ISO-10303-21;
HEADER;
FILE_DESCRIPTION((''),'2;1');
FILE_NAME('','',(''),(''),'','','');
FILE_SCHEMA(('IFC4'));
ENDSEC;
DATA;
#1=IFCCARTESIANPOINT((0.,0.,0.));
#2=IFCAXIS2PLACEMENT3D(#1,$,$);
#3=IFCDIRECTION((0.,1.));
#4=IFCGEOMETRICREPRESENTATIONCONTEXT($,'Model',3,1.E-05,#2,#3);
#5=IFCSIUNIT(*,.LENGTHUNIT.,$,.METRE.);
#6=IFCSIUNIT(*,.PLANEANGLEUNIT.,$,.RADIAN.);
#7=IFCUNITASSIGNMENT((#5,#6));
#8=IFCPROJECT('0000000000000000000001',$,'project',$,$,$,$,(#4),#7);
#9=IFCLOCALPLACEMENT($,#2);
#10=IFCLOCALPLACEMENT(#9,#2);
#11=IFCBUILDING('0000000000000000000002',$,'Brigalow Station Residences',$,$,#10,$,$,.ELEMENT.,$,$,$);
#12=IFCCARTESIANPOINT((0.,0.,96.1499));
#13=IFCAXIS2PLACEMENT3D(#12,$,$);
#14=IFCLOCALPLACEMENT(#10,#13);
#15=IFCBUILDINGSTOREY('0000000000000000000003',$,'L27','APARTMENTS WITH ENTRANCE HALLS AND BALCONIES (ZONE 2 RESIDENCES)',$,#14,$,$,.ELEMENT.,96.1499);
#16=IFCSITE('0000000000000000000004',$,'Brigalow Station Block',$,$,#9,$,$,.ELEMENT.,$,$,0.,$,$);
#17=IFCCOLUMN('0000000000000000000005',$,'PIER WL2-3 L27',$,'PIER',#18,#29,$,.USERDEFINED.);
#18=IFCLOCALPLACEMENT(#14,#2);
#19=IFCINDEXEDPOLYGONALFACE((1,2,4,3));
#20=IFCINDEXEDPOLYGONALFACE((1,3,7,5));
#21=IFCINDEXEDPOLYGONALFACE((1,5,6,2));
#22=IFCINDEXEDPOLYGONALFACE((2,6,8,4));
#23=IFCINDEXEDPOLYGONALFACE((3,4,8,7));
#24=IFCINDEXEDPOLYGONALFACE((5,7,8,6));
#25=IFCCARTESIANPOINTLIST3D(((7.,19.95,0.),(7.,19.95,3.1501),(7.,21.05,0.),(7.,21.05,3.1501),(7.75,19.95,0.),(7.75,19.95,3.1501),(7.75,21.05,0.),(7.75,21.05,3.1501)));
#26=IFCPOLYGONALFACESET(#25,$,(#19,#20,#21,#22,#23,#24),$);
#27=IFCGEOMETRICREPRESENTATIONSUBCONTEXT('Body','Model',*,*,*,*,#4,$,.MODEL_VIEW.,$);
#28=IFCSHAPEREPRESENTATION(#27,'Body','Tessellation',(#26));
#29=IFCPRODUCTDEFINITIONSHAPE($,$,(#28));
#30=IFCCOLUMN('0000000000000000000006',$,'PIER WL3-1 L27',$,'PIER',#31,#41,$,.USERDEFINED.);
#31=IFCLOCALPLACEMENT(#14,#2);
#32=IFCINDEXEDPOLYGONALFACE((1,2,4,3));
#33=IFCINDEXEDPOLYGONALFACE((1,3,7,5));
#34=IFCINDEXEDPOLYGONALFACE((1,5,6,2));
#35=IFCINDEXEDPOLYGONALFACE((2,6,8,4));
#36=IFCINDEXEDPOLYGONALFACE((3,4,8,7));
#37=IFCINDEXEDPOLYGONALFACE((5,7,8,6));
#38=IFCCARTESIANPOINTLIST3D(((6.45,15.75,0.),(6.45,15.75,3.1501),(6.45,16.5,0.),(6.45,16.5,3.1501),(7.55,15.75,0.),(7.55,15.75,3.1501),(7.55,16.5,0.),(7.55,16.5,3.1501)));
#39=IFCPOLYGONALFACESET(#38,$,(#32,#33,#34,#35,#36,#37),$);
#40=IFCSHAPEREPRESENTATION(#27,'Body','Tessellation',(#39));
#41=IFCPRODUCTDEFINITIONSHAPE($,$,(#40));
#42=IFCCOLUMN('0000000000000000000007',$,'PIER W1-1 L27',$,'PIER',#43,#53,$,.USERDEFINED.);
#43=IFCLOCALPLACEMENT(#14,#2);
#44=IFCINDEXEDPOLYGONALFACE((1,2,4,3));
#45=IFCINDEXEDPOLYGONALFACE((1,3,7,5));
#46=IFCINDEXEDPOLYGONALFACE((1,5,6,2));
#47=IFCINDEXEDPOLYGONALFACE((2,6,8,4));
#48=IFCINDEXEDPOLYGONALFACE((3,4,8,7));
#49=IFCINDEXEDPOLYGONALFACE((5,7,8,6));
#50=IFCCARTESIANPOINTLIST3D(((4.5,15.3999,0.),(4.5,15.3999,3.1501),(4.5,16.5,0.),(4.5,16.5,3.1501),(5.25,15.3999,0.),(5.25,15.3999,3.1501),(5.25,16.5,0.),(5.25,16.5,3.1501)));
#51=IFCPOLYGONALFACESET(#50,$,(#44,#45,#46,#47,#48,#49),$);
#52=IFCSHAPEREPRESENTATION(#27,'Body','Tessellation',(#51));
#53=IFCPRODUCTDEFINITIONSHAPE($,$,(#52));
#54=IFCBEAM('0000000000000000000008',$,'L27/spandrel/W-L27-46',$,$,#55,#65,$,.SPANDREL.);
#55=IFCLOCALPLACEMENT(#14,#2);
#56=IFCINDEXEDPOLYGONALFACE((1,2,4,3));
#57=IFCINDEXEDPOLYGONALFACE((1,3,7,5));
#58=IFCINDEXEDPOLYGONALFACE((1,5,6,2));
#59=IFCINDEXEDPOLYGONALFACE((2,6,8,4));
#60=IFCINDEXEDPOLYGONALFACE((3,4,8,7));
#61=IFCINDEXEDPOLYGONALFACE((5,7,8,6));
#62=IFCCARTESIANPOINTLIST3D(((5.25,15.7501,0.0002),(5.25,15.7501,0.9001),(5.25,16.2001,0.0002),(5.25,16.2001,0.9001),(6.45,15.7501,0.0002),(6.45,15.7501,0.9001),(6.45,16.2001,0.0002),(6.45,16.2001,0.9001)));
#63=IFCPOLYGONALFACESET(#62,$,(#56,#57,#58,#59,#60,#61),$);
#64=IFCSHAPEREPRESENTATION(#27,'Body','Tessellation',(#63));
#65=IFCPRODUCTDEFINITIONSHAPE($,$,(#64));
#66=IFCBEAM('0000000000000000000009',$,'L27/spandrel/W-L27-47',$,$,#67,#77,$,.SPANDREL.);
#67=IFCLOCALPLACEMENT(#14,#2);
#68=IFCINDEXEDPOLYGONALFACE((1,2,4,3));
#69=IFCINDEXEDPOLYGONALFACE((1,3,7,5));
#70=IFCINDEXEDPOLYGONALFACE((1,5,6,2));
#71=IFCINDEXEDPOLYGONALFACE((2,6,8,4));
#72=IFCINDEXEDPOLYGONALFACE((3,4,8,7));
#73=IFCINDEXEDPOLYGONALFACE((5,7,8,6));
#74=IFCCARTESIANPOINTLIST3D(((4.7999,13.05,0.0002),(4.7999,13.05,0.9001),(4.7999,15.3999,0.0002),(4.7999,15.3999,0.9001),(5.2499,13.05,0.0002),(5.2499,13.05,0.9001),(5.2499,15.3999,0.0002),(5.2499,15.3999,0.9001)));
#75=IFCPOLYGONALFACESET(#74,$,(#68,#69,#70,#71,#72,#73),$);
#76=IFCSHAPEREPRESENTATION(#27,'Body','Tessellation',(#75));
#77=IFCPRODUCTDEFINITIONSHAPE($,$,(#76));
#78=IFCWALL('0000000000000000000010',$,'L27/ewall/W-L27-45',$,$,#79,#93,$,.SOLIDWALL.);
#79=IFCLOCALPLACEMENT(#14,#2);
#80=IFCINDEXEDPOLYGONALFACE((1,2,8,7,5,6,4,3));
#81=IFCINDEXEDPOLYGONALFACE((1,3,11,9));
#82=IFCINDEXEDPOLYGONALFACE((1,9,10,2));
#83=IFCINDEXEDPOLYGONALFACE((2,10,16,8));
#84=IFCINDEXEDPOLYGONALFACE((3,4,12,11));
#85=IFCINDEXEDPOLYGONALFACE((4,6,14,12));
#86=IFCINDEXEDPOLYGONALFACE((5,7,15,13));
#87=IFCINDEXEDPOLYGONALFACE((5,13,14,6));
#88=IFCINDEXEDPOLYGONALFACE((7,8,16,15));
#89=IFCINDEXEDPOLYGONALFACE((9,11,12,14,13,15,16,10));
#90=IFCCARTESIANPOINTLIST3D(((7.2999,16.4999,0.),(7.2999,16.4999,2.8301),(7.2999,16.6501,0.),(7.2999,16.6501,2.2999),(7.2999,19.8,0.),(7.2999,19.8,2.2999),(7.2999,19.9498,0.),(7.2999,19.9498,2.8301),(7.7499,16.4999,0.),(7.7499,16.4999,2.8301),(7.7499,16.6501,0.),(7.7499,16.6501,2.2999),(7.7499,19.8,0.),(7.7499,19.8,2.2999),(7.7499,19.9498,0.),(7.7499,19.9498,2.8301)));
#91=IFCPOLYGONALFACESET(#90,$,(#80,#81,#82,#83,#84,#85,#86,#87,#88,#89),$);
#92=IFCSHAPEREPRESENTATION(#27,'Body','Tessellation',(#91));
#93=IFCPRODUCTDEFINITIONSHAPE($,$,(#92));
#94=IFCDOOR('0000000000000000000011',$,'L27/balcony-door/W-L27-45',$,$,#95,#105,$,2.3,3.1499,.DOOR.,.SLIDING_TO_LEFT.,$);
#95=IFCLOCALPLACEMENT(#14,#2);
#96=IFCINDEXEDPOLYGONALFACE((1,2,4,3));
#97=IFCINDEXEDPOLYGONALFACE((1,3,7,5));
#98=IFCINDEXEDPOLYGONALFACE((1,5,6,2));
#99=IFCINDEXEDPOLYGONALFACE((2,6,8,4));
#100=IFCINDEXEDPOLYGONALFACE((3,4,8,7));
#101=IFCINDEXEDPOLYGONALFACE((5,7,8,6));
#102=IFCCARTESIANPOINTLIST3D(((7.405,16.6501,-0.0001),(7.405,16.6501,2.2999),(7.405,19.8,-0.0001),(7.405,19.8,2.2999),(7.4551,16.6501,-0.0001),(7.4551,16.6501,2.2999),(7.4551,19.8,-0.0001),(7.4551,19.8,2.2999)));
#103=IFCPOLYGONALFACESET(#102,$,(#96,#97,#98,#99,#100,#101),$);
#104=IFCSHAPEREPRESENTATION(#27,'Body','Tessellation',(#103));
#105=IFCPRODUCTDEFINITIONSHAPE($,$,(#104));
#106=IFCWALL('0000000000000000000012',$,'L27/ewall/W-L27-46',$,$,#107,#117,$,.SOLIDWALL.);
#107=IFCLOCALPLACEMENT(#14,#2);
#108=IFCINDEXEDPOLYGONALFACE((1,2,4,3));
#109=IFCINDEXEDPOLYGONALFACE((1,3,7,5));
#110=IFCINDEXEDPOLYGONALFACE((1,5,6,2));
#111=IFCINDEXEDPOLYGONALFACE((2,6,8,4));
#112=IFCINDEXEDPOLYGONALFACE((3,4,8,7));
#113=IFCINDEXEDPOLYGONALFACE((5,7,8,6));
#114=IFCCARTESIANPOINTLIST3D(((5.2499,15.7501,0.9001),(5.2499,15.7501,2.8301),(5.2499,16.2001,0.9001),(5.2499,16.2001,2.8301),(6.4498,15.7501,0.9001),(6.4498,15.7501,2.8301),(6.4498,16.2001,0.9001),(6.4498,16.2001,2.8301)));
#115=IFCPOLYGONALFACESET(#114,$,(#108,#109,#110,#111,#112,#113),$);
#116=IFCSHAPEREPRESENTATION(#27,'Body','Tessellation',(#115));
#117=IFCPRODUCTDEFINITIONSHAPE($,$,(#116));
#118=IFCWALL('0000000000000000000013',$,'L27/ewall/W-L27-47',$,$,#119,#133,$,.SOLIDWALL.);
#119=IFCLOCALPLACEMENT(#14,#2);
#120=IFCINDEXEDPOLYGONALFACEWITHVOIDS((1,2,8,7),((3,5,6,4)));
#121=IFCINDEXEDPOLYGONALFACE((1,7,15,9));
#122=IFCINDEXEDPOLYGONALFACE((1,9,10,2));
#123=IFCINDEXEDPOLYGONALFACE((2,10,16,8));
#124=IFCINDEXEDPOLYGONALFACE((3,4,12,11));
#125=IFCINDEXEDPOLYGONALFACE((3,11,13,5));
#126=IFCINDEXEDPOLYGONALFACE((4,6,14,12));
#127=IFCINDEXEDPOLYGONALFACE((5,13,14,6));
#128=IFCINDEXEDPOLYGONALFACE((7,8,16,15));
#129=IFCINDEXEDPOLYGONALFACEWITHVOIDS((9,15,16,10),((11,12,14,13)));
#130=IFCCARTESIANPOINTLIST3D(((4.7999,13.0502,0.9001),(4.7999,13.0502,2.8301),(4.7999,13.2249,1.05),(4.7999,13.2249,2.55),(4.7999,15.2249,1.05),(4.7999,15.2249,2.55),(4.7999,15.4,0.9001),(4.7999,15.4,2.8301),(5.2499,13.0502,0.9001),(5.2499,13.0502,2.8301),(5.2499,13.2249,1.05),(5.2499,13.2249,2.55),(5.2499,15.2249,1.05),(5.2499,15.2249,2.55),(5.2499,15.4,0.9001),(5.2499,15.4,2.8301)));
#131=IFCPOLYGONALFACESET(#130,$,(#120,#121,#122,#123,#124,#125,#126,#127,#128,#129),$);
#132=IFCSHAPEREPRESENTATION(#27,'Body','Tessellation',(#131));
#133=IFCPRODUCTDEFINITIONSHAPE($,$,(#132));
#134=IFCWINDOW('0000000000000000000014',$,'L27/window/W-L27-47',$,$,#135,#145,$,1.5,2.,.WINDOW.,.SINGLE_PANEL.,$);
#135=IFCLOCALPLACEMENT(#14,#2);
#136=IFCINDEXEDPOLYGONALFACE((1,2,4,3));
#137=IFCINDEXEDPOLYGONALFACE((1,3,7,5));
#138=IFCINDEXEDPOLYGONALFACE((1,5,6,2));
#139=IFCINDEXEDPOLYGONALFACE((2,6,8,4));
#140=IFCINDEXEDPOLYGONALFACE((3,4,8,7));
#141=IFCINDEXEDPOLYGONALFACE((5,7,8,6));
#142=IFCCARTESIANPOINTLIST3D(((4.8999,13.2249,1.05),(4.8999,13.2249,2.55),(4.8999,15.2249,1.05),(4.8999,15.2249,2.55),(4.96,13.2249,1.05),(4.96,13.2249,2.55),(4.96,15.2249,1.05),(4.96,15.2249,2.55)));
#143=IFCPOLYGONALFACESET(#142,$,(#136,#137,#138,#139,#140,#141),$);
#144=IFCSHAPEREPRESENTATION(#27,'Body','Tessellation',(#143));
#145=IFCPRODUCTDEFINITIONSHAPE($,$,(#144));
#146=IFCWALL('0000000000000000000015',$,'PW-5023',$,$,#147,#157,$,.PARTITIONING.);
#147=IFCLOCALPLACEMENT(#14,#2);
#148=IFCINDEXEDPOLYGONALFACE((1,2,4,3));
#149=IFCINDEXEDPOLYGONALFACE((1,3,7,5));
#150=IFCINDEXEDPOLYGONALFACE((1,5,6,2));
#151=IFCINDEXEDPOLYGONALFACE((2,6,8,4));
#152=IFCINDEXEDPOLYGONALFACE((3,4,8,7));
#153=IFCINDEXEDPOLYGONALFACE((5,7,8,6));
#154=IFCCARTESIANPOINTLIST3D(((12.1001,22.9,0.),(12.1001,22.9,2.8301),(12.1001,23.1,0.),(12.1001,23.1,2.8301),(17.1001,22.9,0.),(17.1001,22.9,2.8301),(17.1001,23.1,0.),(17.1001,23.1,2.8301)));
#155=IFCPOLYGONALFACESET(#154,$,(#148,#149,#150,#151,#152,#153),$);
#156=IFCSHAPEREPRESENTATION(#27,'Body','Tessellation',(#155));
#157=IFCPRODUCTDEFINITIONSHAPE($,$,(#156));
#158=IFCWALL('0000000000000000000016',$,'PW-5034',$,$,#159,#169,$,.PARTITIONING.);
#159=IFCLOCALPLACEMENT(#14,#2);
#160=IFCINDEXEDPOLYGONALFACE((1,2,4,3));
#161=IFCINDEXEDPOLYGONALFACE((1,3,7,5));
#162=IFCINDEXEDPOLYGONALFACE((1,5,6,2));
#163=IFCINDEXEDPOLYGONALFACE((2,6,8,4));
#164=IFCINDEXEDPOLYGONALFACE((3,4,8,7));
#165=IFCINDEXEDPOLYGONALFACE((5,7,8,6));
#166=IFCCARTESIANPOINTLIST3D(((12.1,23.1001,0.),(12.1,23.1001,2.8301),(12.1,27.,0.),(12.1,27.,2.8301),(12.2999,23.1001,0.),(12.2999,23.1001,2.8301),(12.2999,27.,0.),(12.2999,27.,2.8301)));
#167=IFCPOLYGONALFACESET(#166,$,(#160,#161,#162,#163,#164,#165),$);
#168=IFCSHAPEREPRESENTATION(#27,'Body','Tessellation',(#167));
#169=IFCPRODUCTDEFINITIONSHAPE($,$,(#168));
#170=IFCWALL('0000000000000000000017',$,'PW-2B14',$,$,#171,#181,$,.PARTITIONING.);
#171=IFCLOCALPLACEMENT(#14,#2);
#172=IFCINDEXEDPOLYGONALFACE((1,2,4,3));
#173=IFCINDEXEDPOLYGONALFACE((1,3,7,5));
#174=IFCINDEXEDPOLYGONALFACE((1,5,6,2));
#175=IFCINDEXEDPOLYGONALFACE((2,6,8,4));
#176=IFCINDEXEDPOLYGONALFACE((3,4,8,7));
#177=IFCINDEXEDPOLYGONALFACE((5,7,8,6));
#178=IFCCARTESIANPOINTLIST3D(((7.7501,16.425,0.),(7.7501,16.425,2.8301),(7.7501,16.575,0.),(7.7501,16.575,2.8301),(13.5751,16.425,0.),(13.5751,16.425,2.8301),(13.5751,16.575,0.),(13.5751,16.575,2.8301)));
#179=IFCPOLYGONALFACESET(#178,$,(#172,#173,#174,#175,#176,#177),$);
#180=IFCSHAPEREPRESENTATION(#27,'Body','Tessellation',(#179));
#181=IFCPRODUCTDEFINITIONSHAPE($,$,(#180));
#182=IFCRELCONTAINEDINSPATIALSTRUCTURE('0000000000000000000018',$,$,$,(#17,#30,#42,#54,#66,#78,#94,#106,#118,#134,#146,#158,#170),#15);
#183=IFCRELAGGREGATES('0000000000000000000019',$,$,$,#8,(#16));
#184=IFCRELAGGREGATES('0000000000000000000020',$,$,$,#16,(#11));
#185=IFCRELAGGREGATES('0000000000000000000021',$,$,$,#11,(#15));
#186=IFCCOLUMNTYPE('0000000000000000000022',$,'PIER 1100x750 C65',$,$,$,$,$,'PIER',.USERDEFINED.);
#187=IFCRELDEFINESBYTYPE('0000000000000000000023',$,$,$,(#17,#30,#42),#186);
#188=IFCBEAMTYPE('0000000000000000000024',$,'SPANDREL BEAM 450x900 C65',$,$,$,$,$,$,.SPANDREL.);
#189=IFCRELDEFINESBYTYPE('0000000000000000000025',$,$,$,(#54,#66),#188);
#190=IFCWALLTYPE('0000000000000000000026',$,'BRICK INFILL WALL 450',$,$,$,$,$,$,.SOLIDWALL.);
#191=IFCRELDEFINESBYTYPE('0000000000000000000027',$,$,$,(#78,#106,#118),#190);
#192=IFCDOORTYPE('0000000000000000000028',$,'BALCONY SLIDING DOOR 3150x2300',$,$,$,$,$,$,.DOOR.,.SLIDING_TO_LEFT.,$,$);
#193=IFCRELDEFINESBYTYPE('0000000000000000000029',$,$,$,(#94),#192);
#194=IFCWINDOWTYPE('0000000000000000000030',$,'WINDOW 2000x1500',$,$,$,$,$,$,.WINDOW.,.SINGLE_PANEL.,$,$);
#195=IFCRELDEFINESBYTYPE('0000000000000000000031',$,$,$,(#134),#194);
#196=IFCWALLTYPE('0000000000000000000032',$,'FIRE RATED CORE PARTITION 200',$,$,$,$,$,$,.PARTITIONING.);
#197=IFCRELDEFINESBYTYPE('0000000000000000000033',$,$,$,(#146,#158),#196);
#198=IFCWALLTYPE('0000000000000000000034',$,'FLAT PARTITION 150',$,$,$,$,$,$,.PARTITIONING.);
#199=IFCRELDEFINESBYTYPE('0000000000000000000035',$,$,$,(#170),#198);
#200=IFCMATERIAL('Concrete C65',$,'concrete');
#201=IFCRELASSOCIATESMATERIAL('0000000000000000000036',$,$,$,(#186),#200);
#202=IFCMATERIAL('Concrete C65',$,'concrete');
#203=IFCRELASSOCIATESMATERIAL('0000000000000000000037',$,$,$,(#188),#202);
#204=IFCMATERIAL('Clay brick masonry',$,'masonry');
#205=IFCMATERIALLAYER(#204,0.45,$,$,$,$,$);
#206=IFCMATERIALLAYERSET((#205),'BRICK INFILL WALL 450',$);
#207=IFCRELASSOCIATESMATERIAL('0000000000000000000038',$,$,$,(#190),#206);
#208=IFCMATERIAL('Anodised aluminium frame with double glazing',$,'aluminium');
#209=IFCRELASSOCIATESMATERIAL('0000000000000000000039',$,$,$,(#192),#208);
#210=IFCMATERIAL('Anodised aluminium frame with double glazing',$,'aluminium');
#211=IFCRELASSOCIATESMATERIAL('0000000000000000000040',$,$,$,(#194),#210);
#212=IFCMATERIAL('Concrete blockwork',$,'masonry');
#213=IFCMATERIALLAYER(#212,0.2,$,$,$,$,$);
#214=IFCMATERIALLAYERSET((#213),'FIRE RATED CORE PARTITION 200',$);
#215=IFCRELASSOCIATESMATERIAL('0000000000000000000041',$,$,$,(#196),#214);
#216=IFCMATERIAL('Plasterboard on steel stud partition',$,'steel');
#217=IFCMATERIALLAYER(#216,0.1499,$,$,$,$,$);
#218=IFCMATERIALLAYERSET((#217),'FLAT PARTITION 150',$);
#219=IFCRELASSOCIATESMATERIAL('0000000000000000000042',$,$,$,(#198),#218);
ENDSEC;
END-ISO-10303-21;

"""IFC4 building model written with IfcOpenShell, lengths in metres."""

from ifc_helpers import new_model, si_unit, direction, frame, frame_2d, origin, origin_2d, place, context, subcontext, project, spatial, rectangle, extrude, material, layer, layer_set, material_profile, profile_set, type_object, element, fill, save


model = new_model("IFC4")

# Units and contexts
model_context = context("Model", 3, precision=1e-05, world=origin(), true_north=direction((0.0, 1.0)))
body_context = subcontext(model_context, "Body", "Model", "MODEL_VIEW")
ifc_project = project(units=[si_unit("LENGTHUNIT", "METRE"), si_unit("PLANEANGLEUNIT", "RADIAN")], contexts=[model_context])

# Site, building, storey
site_placement = place(None, origin())
site = spatial("IfcSite", under=ifc_project, at=site_placement, Name="Brigalow Station Block", CompositionType="ELEMENT", RefElevation=0.0)
building_placement = place(site_placement, origin())
building = spatial("IfcBuilding", under=site, at=building_placement, Name="Brigalow Station Residences", CompositionType="ELEMENT")
storey_placement = place(building_placement, frame((0.0, 0.0, 96.1499)))
storey = spatial("IfcBuildingStorey", under=building, at=storey_placement, Name="L27", Description="APARTMENTS WITH ENTRANCE HALLS AND BALCONIES (ZONE 2 RESIDENCES)", CompositionType="ELEMENT", Elevation=96.1499)

# Columns
ifc_material_1 = material(Name="Concrete C65", Category="concrete")
ifc_material_profile_1 = material_profile(ifc_material_1, rectangle(XDim=1.1001, YDim=0.75, at=origin_2d()), Name="RC1100x750")
ifc_profile_set_1 = profile_set([ifc_material_profile_1], Name="Concrete C65")
column_type = type_object("IfcColumnType", Name="PIER 1100x750 C65", ElementType="PIER", PredefinedType="USERDEFINED", material=ifc_profile_set_1)
for number, where, z_axis, x_axis, name in (
    (1, (7.375, 20.5, 0.0), (0.0, 0.0, 1.0), (0.0, -1.0, 0.0), "PIER WL2-3 L27"),
    (2, (7.0, 16.125, 0.0), (0.0, 0.0, 1.0), (-1.0, 0.0, 0.0), "PIER WL3-1 L27"),
    (3, (4.875, 15.95, 0.0), (0.0, 0.0, 1.0), (0.0, -1.0, 0.0), "PIER W1-1 L27"),
):
    element("IfcColumn", number, at=place(storey_placement, frame(where, z_axis=z_axis, x_axis=x_axis)), inside=storey, type_object=column_type, Name=name, ObjectType="PIER", PredefinedType="USERDEFINED", context=body_context, shape_type="SweptSolid", body=[
        extrude(rectangle(XDim=1.1001, YDim=0.75, at=origin_2d()), origin(), (0.0, 0.0, 1.0), 3.1501),
    ])

# Beams
ifc_material_2 = material(Name="Concrete C65", Category="concrete")
ifc_material_profile_2 = material_profile(ifc_material_2, rectangle(XDim=0.45, YDim=0.8999, at=origin_2d()), Name="RC450x900")
ifc_profile_set_2 = profile_set([ifc_material_profile_2], Name="Concrete C65")
beam_type = type_object("IfcBeamType", Name="SPANDREL BEAM 450x900 C65", PredefinedType="SPANDREL", material=ifc_profile_set_2)
beam_1_placement = place(storey_placement, frame((6.45, 15.9751, 0.4502), z_axis=(-1.0, 0.0, 0.0), x_axis=(0.0, -1.0, 0.0)))
element("IfcBeam", 4, at=beam_1_placement, inside=storey, type_object=beam_type, Name="L27/spandrel/W-L27-46", PredefinedType="SPANDREL", context=body_context, shape_type="SweptSolid", body=[
    extrude(rectangle(XDim=0.45, YDim=0.8999, at=origin_2d()), origin(), (0.0, 0.0, 1.0), 1.2),
])
beam_2_placement = place(storey_placement, frame((5.0249, 15.3999, 0.4502), z_axis=(0.0, -1.0, 0.0), x_axis=(1.0, 0.0, 0.0)))
element("IfcBeam", 5, at=beam_2_placement, inside=storey, type_object=beam_type, Name="L27/spandrel/W-L27-47", PredefinedType="SPANDREL", context=body_context, shape_type="SweptSolid", body=[
    extrude(rectangle(XDim=0.45, YDim=0.8999, at=origin_2d()), origin(), (0.0, 0.0, 1.0), 2.3499),
])

# Wall, opening, door
ifc_material_3 = material(Name="Clay brick masonry", Category="masonry")
ifc_layer_1 = layer(ifc_material_3, 0.45)
ifc_layer_set_1 = layer_set([ifc_layer_1], Name="BRICK INFILL WALL 450")
wall_type_1 = type_object("IfcWallType", Name="BRICK INFILL WALL 450", PredefinedType="SOLIDWALL", material=ifc_layer_set_1)
wall_1_placement = place(storey_placement, frame((7.5249, 19.95, 0.0), z_axis=(0.0, 0.0, 1.0), x_axis=(0.0, -1.0, 0.0)))
wall_1 = element("IfcWall", 6, at=wall_1_placement, inside=storey, type_object=wall_type_1, Name="L27/ewall/W-L27-45", PredefinedType="SOLIDWALL", context=body_context, shape_type="SweptSolid", body=[
    extrude(rectangle(XDim=3.45, YDim=0.45, at=frame_2d((1.7251, 0.0))), origin(), (0.0, 0.0, 1.0), 2.8301),
])
opening_1_placement = place(wall_1_placement, frame((0.1499, 0.0, 0.0)))
opening_1 = element("IfcOpeningElement", 7, at=opening_1_placement, cuts=wall_1, PredefinedType="OPENING", context=body_context, shape_type="SweptSolid", body=[
    extrude(rectangle(XDim=3.1499, YDim=2.3, at=frame_2d((1.575, 1.1499))), frame((0.0, 0.2349, 0.0), z_axis=(0.0, -1.0, 0.0), x_axis=(1.0, 0.0, 0.0)), (0.0, 0.0, 1.0), 0.47),
])
ifc_material_4 = material(Name="Anodised aluminium frame with double glazing", Category="aluminium")
door_type_1 = type_object("IfcDoorType", Name="BALCONY SLIDING DOOR 3150x2300", OperationType="SLIDING_TO_LEFT", PredefinedType="DOOR", material=ifc_material_4)
door_1_placement = place(opening_1_placement, origin())
door_1 = element("IfcDoor", 8, at=door_1_placement, inside=storey, type_object=door_type_1, Name="L27/balcony-door/W-L27-45", OperationType="SLIDING_TO_LEFT", OverallHeight=2.3, OverallWidth=3.1499, PredefinedType="DOOR", context=body_context, shape_type="SweptSolid", body=[
    extrude(rectangle(XDim=3.1499, YDim=2.3, at=frame_2d((1.575, 1.1499))), frame((0.0, -0.0698, 0.0), z_axis=(0.0, -1.0, 0.0), x_axis=(1.0, 0.0, 0.0)), (0.0, 0.0, 1.0), 0.05),
])
fill(opening_1, door_1)

# Wall
wall_2_placement = place(storey_placement, frame((6.45, 15.9751, 0.9001), z_axis=(0.0, 0.0, 1.0), x_axis=(-1.0, 0.0, 0.0)))
element("IfcWall", 9, at=wall_2_placement, inside=storey, type_object=wall_type_1, Name="L27/ewall/W-L27-46", PredefinedType="SOLIDWALL", context=body_context, shape_type="SweptSolid", body=[
    extrude(rectangle(XDim=1.2, YDim=0.45, at=frame_2d((0.6001, 0.0))), origin(), (0.0, 0.0, 1.0), 1.9299),
])

# Wall, opening, window
wall_3_placement = place(storey_placement, frame((5.0249, 15.3999, 0.9001), z_axis=(0.0, 0.0, 1.0), x_axis=(0.0, -1.0, 0.0)))
wall_3 = element("IfcWall", 10, at=wall_3_placement, inside=storey, type_object=wall_type_1, Name="L27/ewall/W-L27-47", PredefinedType="SOLIDWALL", context=body_context, shape_type="SweptSolid", body=[
    extrude(rectangle(XDim=2.3499, YDim=0.45, at=frame_2d((1.1748, 0.0))), origin(), (0.0, 0.0, 1.0), 1.9299),
])
opening_2_placement = place(wall_3_placement, frame((0.175, 0.0, 0.1499)))
opening_2 = element("IfcOpeningElement", 11, at=opening_2_placement, cuts=wall_3, PredefinedType="OPENING", context=body_context, shape_type="SweptSolid", body=[
    extrude(rectangle(XDim=2.0, YDim=1.5, at=frame_2d((1.0, 0.75))), frame((0.0, 0.2349, 0.0), z_axis=(0.0, -1.0, 0.0), x_axis=(1.0, 0.0, 0.0)), (0.0, 0.0, 1.0), 0.47),
])
ifc_material_5 = material(Name="Anodised aluminium frame with double glazing", Category="aluminium")
window_type = type_object("IfcWindowType", Name="WINDOW 2000x1500", PartitioningType="SINGLE_PANEL", PredefinedType="WINDOW", material=ifc_material_5)
window_placement = place(opening_2_placement, origin())
window = element("IfcWindow", 12, at=window_placement, inside=storey, type_object=window_type, Name="L27/window/W-L27-47", OverallHeight=1.5, OverallWidth=2.0, PartitioningType="SINGLE_PANEL", PredefinedType="WINDOW", context=body_context, shape_type="SweptSolid", body=[
    extrude(rectangle(XDim=2.0, YDim=1.5, at=frame_2d((1.0, 0.75))), frame((0.0, -0.0649, 0.0), z_axis=(0.0, -1.0, 0.0), x_axis=(1.0, 0.0, 0.0)), (0.0, 0.0, 1.0), 0.0601),
])
fill(opening_2, window)

# Walls
ifc_material_6 = material(Name="Concrete blockwork", Category="masonry")
ifc_layer_2 = layer(ifc_material_6, 0.2)
ifc_layer_set_2 = layer_set([ifc_layer_2], Name="FIRE RATED CORE PARTITION 200")
wall_type_2 = type_object("IfcWallType", Name="FIRE RATED CORE PARTITION 200", PredefinedType="PARTITIONING", material=ifc_layer_set_2)
wall_4_placement = place(storey_placement, frame((12.1001, 23.0, 0.0), z_axis=(0.0, 0.0, 1.0), x_axis=(1.0, 0.0, 0.0)))
element("IfcWall", 13, at=wall_4_placement, inside=storey, type_object=wall_type_2, Name="PW-5023", PredefinedType="PARTITIONING", context=body_context, shape_type="SweptSolid", body=[
    extrude(rectangle(XDim=5.0, YDim=0.2, at=frame_2d((2.5, 0.0))), origin(), (0.0, 0.0, 1.0), 2.8301),
])
wall_5_placement = place(storey_placement, frame((12.2, 23.1001, 0.0), z_axis=(0.0, 0.0, 1.0), x_axis=(0.0, 1.0, 0.0)))
element("IfcWall", 14, at=wall_5_placement, inside=storey, type_object=wall_type_2, Name="PW-5034", PredefinedType="PARTITIONING", context=body_context, shape_type="SweptSolid", body=[
    extrude(rectangle(XDim=3.8999, YDim=0.2, at=frame_2d((1.95, 0.0))), origin(), (0.0, 0.0, 1.0), 2.8301),
])
ifc_material_7 = material(Name="Plasterboard on steel stud partition", Category="steel")
ifc_layer_3 = layer(ifc_material_7, 0.1499)
ifc_layer_set_3 = layer_set([ifc_layer_3], Name="FLAT PARTITION 150")
wall_type_3 = type_object("IfcWallType", Name="FLAT PARTITION 150", PredefinedType="PARTITIONING", material=ifc_layer_set_3)
wall_6_placement = place(storey_placement, frame((7.75, 16.5, 0.0), z_axis=(0.0, 0.0, 1.0), x_axis=(1.0, 0.0, 0.0)))
element("IfcWall", 15, at=wall_6_placement, inside=storey, type_object=wall_type_3, Name="PW-2B14", PredefinedType="PARTITIONING", context=body_context, shape_type="SweptSolid", body=[
    extrude(rectangle(XDim=5.825, YDim=0.1499, at=frame_2d((2.9126, 0.0))), origin(), (0.0, 0.0, 1.0), 2.8301),
])

save(model, "model.ifc")
